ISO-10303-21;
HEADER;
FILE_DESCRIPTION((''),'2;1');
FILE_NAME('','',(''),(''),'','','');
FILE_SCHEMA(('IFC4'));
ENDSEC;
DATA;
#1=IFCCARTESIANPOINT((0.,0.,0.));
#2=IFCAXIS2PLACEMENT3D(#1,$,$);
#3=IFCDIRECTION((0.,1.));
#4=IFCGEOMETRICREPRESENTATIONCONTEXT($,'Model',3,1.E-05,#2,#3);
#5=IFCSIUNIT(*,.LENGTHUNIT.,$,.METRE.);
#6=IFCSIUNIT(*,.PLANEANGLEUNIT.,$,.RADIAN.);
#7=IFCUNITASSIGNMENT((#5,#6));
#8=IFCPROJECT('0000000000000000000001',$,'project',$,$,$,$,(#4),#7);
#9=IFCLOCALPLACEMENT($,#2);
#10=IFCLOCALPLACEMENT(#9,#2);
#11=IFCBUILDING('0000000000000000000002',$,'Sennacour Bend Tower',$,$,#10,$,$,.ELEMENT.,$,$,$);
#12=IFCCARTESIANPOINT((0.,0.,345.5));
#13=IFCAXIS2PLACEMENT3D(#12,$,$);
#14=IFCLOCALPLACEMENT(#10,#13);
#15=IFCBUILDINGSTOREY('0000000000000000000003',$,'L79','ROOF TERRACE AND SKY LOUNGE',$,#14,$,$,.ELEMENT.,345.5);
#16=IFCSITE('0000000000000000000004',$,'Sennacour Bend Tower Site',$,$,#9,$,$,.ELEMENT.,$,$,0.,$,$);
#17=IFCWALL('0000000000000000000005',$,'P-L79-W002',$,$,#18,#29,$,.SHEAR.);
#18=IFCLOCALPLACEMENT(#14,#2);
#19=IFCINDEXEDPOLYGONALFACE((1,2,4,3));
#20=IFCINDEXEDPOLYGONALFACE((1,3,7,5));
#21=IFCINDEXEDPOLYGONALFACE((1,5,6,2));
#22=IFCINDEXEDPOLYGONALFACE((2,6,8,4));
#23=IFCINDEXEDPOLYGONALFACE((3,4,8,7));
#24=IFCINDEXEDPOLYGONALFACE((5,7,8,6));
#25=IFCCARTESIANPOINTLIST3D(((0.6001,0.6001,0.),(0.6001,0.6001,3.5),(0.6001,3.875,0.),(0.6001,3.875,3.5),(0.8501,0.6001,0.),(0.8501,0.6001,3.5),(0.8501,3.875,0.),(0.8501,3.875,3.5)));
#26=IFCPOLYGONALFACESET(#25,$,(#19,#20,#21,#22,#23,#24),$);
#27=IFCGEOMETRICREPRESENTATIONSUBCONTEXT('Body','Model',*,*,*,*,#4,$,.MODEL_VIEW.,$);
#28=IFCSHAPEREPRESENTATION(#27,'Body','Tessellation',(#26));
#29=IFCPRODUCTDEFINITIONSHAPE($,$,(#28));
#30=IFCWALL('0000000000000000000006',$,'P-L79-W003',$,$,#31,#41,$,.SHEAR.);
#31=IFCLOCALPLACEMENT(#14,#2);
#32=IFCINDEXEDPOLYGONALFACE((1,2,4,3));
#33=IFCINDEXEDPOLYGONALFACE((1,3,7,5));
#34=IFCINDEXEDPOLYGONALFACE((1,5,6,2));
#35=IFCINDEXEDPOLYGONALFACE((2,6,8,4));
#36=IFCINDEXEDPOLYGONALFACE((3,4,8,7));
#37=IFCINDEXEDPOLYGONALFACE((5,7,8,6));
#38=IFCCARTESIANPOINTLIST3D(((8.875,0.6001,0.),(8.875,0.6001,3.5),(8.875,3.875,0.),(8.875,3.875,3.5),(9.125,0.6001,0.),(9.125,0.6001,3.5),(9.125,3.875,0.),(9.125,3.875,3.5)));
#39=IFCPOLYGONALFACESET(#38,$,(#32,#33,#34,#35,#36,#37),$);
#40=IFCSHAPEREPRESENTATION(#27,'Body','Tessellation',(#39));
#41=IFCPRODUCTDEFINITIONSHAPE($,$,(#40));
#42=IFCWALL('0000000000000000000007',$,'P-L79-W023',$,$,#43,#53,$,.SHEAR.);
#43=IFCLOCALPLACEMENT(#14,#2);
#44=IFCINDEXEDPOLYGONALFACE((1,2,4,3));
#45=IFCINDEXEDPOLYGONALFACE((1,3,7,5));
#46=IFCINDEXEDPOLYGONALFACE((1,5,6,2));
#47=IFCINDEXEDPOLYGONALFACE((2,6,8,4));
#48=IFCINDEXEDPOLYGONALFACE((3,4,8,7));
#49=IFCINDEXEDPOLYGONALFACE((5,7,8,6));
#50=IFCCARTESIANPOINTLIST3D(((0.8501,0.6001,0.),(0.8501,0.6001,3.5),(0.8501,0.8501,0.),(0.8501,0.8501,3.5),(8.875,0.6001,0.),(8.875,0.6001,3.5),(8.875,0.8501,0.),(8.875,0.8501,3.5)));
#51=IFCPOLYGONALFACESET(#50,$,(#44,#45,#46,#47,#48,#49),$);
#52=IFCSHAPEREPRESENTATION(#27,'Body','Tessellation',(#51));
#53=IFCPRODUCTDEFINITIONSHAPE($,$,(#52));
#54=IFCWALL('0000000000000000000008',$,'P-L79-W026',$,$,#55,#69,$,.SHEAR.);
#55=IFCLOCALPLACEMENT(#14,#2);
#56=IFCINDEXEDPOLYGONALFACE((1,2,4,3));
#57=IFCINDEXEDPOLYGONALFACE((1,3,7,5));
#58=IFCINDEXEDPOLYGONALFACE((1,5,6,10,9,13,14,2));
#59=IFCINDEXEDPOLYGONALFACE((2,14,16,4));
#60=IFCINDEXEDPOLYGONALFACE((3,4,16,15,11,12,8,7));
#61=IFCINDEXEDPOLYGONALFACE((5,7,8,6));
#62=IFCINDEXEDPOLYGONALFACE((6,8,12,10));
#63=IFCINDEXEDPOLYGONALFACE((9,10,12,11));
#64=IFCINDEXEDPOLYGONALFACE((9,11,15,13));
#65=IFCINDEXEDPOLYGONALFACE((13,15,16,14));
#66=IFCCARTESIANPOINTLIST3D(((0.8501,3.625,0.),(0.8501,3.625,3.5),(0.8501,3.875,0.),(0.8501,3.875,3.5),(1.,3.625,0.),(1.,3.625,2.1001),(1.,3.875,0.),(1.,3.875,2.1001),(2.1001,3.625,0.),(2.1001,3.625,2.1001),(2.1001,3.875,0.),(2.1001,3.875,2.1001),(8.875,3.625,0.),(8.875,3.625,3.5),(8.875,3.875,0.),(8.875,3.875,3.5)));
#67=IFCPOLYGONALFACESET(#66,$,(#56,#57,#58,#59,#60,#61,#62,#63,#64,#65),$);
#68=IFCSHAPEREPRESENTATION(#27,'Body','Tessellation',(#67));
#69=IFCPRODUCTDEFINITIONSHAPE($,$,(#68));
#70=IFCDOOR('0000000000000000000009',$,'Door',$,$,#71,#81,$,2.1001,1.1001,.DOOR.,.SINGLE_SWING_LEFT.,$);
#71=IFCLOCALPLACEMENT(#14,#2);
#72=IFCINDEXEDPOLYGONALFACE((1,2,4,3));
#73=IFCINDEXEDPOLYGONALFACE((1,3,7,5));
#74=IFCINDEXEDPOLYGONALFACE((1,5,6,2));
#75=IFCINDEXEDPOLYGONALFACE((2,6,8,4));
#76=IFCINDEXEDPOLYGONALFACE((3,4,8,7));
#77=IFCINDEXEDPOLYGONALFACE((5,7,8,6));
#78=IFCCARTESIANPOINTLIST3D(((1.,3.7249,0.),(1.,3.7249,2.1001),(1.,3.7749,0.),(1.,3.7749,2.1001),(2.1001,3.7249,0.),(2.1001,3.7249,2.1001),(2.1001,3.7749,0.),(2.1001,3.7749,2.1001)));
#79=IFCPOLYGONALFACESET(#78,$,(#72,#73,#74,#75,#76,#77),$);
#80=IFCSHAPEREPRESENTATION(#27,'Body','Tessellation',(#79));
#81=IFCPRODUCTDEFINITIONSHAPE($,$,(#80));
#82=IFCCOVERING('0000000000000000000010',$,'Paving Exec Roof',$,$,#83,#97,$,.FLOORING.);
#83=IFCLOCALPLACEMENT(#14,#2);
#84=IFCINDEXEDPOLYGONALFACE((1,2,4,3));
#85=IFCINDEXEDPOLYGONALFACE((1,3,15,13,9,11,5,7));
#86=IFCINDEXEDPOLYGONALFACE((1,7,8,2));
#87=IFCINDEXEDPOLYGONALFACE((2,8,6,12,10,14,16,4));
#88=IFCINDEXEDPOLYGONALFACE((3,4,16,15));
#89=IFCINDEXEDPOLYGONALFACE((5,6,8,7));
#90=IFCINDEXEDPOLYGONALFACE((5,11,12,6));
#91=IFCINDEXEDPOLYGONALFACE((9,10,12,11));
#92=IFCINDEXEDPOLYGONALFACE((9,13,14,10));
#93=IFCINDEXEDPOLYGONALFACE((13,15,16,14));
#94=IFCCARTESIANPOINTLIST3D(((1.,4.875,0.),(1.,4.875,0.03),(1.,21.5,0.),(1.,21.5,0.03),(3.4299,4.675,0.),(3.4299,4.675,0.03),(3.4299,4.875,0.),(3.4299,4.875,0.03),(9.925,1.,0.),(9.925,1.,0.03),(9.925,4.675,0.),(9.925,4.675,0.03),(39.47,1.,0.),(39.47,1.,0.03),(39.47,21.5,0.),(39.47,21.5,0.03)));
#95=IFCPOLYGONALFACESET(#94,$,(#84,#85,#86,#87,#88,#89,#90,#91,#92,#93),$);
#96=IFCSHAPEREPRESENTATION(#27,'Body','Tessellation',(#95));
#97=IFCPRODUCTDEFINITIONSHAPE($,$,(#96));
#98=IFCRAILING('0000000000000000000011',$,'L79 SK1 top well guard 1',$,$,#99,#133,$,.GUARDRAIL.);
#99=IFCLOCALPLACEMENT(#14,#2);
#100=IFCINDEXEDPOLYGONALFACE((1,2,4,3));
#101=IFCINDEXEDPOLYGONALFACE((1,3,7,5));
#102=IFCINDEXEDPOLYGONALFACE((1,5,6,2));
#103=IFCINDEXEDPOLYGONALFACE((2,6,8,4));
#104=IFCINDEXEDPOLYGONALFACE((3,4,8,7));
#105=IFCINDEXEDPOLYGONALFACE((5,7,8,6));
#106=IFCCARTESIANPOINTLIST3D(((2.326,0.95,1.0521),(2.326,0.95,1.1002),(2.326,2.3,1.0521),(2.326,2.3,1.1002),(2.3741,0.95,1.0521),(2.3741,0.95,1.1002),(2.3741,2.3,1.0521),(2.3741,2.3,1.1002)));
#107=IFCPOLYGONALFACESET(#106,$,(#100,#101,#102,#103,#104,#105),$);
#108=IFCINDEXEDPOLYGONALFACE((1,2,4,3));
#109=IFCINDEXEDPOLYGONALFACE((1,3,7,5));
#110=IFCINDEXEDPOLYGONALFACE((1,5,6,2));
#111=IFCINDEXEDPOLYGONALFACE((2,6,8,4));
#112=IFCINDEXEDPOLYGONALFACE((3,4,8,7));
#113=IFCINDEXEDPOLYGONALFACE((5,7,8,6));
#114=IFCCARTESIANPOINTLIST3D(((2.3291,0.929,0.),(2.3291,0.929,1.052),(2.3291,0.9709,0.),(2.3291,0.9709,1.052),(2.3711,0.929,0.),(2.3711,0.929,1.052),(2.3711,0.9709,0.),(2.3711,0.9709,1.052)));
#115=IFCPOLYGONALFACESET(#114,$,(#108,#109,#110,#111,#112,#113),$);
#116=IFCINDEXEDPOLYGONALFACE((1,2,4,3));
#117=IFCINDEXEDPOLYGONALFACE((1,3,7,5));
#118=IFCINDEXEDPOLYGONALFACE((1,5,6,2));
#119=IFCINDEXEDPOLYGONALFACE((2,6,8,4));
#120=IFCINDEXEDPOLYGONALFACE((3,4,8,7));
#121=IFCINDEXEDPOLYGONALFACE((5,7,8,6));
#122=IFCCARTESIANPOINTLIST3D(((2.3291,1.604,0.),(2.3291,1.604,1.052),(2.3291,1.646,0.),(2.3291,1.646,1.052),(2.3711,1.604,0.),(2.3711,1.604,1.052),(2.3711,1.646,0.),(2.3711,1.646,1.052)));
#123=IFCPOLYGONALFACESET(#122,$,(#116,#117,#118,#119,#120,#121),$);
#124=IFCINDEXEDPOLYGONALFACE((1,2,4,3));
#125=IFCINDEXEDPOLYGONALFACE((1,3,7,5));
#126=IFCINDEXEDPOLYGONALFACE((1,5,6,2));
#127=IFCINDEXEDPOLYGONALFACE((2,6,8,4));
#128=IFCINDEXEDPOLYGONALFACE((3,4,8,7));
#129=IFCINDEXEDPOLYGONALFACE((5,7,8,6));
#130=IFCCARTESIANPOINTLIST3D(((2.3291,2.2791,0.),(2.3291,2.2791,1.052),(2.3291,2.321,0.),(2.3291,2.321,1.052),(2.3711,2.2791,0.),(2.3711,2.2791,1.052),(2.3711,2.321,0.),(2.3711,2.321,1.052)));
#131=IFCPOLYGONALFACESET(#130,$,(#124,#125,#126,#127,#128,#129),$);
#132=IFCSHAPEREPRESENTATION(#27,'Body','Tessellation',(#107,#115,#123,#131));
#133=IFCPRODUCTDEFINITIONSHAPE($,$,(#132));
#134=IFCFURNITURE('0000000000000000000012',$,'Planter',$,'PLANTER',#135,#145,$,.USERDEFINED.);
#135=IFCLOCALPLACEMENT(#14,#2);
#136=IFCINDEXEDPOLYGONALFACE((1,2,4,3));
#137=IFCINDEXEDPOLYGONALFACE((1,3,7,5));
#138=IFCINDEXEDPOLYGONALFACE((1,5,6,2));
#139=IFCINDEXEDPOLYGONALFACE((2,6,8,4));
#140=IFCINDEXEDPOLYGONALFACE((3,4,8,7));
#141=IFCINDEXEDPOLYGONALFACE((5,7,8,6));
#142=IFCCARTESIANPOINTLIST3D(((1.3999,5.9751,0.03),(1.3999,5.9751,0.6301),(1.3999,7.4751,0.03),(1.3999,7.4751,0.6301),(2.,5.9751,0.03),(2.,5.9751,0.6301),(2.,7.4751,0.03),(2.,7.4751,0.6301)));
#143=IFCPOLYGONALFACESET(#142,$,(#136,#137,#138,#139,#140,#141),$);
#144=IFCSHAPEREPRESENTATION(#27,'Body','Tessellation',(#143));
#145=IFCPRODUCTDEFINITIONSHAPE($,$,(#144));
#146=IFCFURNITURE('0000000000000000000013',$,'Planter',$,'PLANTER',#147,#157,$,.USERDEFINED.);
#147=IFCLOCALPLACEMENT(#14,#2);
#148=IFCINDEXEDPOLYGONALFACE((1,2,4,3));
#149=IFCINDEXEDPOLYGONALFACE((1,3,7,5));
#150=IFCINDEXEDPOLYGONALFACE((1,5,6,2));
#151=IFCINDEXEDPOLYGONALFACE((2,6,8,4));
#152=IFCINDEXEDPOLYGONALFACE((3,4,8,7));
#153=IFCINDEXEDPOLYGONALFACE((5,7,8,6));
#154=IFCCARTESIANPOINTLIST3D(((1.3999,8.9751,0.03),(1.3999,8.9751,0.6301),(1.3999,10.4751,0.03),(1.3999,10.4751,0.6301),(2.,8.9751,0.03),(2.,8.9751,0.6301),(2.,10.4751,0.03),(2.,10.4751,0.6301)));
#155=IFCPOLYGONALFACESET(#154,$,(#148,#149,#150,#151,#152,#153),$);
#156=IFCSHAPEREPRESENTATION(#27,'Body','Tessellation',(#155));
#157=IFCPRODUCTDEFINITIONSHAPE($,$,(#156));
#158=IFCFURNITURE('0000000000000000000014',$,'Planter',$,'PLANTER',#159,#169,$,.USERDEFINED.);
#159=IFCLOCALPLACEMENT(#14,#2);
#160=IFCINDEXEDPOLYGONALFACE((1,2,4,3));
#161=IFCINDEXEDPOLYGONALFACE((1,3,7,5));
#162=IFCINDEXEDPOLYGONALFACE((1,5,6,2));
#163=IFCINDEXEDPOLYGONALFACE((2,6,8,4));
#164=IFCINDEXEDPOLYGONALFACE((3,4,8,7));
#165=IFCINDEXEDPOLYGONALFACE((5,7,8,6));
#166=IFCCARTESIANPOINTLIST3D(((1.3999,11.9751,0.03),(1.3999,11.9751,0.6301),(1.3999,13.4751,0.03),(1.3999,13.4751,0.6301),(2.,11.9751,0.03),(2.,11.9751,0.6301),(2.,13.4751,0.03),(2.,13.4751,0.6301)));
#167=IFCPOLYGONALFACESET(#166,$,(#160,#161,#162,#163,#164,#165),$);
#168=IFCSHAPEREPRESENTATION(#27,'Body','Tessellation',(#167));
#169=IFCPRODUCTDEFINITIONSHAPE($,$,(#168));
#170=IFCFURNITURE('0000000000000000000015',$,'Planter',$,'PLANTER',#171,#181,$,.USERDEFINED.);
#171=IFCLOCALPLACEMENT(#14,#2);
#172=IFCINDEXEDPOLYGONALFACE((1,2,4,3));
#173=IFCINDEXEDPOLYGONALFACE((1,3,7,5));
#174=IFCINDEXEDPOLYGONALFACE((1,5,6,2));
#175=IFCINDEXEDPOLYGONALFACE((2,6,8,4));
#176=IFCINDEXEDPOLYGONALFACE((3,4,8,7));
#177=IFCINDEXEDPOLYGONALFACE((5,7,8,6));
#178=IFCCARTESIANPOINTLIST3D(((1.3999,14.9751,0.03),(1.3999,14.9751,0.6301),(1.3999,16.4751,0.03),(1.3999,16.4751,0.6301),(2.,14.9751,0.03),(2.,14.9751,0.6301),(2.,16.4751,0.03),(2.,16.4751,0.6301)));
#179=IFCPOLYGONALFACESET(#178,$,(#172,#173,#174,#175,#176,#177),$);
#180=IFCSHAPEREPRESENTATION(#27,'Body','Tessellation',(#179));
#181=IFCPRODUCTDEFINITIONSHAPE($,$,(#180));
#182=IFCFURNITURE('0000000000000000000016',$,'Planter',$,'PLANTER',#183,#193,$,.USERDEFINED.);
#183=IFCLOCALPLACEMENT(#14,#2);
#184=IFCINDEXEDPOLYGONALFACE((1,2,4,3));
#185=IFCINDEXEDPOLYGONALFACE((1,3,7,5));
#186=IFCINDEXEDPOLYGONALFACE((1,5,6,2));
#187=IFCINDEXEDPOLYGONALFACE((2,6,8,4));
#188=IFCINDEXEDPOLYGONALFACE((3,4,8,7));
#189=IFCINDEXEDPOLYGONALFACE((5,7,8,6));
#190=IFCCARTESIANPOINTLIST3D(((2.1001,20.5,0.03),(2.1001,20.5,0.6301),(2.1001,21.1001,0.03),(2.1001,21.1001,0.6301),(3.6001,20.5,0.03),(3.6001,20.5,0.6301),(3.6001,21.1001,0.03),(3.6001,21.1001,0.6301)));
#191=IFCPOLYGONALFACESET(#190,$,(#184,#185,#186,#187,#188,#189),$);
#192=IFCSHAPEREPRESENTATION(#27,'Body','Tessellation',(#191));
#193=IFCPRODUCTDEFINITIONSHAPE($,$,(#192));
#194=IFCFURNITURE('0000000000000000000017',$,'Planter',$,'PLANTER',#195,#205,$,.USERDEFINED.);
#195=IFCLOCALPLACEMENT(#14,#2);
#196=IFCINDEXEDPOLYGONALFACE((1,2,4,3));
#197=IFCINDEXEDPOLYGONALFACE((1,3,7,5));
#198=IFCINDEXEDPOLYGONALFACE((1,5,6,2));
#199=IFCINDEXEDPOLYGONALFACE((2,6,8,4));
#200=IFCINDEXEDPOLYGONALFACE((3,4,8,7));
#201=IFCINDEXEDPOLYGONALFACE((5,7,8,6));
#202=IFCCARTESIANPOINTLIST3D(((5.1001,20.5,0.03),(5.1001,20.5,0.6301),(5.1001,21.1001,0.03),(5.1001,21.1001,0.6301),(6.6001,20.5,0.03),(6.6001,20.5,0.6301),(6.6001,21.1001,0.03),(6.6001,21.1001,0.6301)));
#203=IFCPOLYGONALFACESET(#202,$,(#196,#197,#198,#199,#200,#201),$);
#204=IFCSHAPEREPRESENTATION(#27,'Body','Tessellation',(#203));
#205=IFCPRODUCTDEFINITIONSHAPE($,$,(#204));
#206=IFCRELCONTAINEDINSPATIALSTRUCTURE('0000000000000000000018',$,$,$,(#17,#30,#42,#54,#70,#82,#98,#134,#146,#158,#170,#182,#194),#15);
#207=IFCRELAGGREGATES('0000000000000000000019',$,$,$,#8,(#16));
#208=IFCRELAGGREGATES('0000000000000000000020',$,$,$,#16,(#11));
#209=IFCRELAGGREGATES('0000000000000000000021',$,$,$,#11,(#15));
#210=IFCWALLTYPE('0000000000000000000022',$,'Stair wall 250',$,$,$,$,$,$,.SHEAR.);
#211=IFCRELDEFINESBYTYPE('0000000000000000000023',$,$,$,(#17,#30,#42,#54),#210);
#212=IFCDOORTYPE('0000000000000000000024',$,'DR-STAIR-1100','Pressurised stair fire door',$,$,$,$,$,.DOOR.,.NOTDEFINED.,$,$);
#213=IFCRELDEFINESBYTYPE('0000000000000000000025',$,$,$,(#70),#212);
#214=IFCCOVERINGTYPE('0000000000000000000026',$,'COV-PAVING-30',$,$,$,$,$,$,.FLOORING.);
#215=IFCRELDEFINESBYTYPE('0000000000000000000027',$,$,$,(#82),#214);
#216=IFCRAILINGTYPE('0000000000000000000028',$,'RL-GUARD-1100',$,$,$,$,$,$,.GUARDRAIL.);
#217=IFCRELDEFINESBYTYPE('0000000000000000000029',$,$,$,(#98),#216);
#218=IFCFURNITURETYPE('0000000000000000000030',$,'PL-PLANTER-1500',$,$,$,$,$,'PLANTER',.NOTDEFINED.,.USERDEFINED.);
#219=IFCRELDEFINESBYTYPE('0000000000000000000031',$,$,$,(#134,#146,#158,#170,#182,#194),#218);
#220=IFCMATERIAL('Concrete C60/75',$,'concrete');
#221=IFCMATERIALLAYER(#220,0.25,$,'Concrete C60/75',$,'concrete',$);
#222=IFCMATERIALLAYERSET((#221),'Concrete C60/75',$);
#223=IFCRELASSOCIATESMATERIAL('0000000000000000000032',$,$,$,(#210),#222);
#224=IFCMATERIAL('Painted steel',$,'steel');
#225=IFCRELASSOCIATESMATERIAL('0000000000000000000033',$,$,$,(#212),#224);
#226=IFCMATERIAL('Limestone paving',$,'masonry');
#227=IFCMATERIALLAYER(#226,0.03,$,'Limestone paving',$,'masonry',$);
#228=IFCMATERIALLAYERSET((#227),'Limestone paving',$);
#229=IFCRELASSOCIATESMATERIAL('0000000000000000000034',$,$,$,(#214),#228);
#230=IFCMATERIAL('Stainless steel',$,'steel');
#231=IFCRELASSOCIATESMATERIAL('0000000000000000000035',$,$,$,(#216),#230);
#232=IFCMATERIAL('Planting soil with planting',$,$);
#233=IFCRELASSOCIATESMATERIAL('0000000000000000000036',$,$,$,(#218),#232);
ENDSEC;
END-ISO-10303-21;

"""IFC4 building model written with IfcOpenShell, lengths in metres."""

from ifc_helpers import new_model, si_unit, direction, frame, frame_2d, origin, origin_2d, place, context, subcontext, project, spatial, polyline, rectangle, outline, extrude, material, layer, layer_set, type_object, element, fill, save


model = new_model("IFC4")

# Units and contexts
model_context = context("Model", 3, precision=1e-05, world=origin(), true_north=direction((0.0, 1.0)))
body_context = subcontext(model_context, "Body", "Model", "MODEL_VIEW")
ifc_project = project(units=[si_unit("LENGTHUNIT", "METRE"), si_unit("PLANEANGLEUNIT", "RADIAN")], contexts=[model_context])

# Site, building, storey
site_placement = place(None, origin())
site = spatial("IfcSite", under=ifc_project, at=site_placement, Name="Sennacour Bend Tower Site", CompositionType="ELEMENT", RefElevation=0.0)
building_placement = place(site_placement, origin())
building = spatial("IfcBuilding", under=site, at=building_placement, Name="Sennacour Bend Tower", CompositionType="ELEMENT")
storey_placement = place(building_placement, frame((0.0, 0.0, 345.5)))
storey = spatial("IfcBuildingStorey", under=building, at=storey_placement, Name="L79", Description="ROOF TERRACE AND SKY LOUNGE", CompositionType="ELEMENT", Elevation=345.5)

# Walls
ifc_material_1 = material(Name="Concrete C60/75", Category="concrete")
ifc_layer_1 = layer(ifc_material_1, 0.25, Name="Concrete C60/75", Category="concrete")
ifc_layer_set_1 = layer_set([ifc_layer_1], Name="Concrete C60/75")
wall_type = type_object("IfcWallType", Name="Stair wall 250", PredefinedType="SHEAR", material=ifc_layer_set_1)
for number, where, z_axis, x_axis, name in (
    (1, (0.7251, 0.6001, 0.0), (0.0, 0.0, 1.0), (0.0, 1.0, 0.0), "P-L79-W002"),
    (2, (9.0, 0.6001, 0.0), (0.0, 0.0, 1.0), (0.0, 1.0, 0.0), "P-L79-W003"),
):
    element("IfcWall", number, at=place(storey_placement, frame(where, z_axis=z_axis, x_axis=x_axis)), inside=storey, type_object=wall_type, Name=name, PredefinedType="SHEAR", context=body_context, shape_type="SweptSolid", body=[
        extrude(rectangle(XDim=3.2749, YDim=0.25, at=frame_2d((1.6375, 0.0))), origin(), (0.0, 0.0, 1.0), 3.5),
    ])
wall_1_placement = place(storey_placement, frame((0.8501, 0.7251, 0.0), z_axis=(0.0, 0.0, 1.0), x_axis=(1.0, 0.0, 0.0)))
element("IfcWall", 3, at=wall_1_placement, inside=storey, type_object=wall_type, Name="P-L79-W023", PredefinedType="SHEAR", context=body_context, shape_type="SweptSolid", body=[
    extrude(rectangle(XDim=8.0249, YDim=0.25, at=frame_2d((4.0125, 0.0))), origin(), (0.0, 0.0, 1.0), 3.5),
])

# Wall, opening, door
wall_2_placement = place(storey_placement, frame((0.8501, 3.75, 0.0), z_axis=(0.0, 0.0, 1.0), x_axis=(1.0, 0.0, 0.0)))
wall_2 = element("IfcWall", 4, at=wall_2_placement, inside=storey, type_object=wall_type, Name="P-L79-W026", PredefinedType="SHEAR", context=body_context, shape_type="SweptSolid", body=[
    extrude(rectangle(XDim=8.0249, YDim=0.25, at=frame_2d((4.0125, 0.0))), origin(), (0.0, 0.0, 1.0), 3.5),
])
opening_placement = place(wall_2_placement, frame((0.1499, 0.0, 0.0)))
opening = element("IfcOpeningElement", 5, at=opening_placement, cuts=wall_2, PredefinedType="OPENING", context=body_context, shape_type="SweptSolid", body=[
    extrude(rectangle(XDim=1.1001, YDim=2.1001, at=frame_2d((0.55, 1.05))), frame((0.0, 0.135, 0.0), z_axis=(0.0, -1.0, 0.0), x_axis=(1.0, 0.0, 0.0)), (0.0, 0.0, 1.0), 0.27),
])
ifc_material_2 = material(Name="Painted steel", Category="steel")
door_type = type_object("IfcDoorType", Name="DR-STAIR-1100", Description="Pressurised stair fire door", OperationType="NOTDEFINED", PredefinedType="DOOR", material=ifc_material_2)
door_placement = place(opening_placement, origin())
door = element("IfcDoor", 6, at=door_placement, inside=storey, type_object=door_type, Name="Door", OperationType="SINGLE_SWING_LEFT", OverallHeight=2.1001, OverallWidth=1.1001, PredefinedType="DOOR", context=body_context, shape_type="SweptSolid", body=[
    extrude(rectangle(XDim=1.1001, YDim=2.1001, at=frame_2d((0.55, 1.05))), frame((0.0, 0.0249, 0.0), z_axis=(0.0, -1.0, 0.0), x_axis=(1.0, 0.0, 0.0)), (0.0, 0.0, 1.0), 0.05),
])
fill(opening, door)

# Covering
ifc_material_3 = material(Name="Limestone paving", Category="masonry")
ifc_layer_2 = layer(ifc_material_3, 0.03, Name="Limestone paving", Category="masonry")
ifc_layer_set_2 = layer_set([ifc_layer_2], Name="Limestone paving")
covering_type = type_object("IfcCoveringType", Name="COV-PAVING-30", PredefinedType="FLOORING", material=ifc_layer_set_2)
covering_placement = place(storey_placement, origin())
element("IfcCovering", 7, at=covering_placement, inside=storey, type_object=covering_type, Name="Paving Exec Roof", PredefinedType="FLOORING", context=body_context, shape_type="SweptSolid", body=[
    extrude(outline(polyline([(1.0, 4.875), (1.0, 21.5), (39.47, 21.5), (39.47, 1.0), (9.925, 1.0), (9.925, 4.675), (3.4299, 4.675), (3.4299, 4.875), (1.0, 4.875)])), origin(), (0.0, 0.0, 1.0), 0.03),
])

# Railing
ifc_material_4 = material(Name="Stainless steel", Category="steel")
railing_type = type_object("IfcRailingType", Name="RL-GUARD-1100", PredefinedType="GUARDRAIL", material=ifc_material_4)
railing_placement = place(storey_placement, frame((2.3501, 0.95, 0.0)))
element("IfcRailing", 8, at=railing_placement, inside=storey, type_object=railing_type, Name="L79 SK1 top well guard 1", PredefinedType="GUARDRAIL", context=body_context, shape_type="SweptSolid", body=[
    extrude(rectangle(XDim=0.0481, YDim=0.0481, at=origin_2d()), frame((0.0, 0.0, 1.0762), z_axis=(0.0, 1.0, 0.0), x_axis=(-1.0, 0.0, 0.0)), (0.0, 0.0, 1.0), 1.3501),
    extrude(rectangle(XDim=0.042, YDim=0.042, at=origin_2d()), origin(), (0.0, 0.0, 1.0), 1.052),
    extrude(rectangle(XDim=0.042, YDim=0.042, at=origin_2d()), frame((0.0, 0.675, 0.0)), (0.0, 0.0, 1.0), 1.052),
    extrude(rectangle(XDim=0.042, YDim=0.042, at=origin_2d()), frame((0.0, 1.3501, 0.0)), (0.0, 0.0, 1.0), 1.052),
])

# Furniture
ifc_material_5 = material(Name="Planting soil with planting")
furniture_type = type_object("IfcFurnitureType", Name="PL-PLANTER-1500", ElementType="PLANTER", AssemblyPlace="NOTDEFINED", PredefinedType="USERDEFINED", material=ifc_material_5)
for number, where, z_axis, x_axis, name in (
    (9, (1.7, 6.7251, 0.03), (0.0, 0.0, 1.0), (0.0, 1.0, 0.0), "Planter"),
    (10, (1.7, 9.7251, 0.03), (0.0, 0.0, 1.0), (0.0, 1.0, 0.0), "Planter"),
    (11, (1.7, 12.7251, 0.03), (0.0, 0.0, 1.0), (0.0, 1.0, 0.0), "Planter"),
    (12, (1.7, 15.7251, 0.03), (0.0, 0.0, 1.0), (0.0, 1.0, 0.0), "Planter"),
    (13, (2.8501, 20.8, 0.03), (0.0, 0.0, 1.0), (1.0, 0.0, 0.0), "Planter"),
    (14, (5.8501, 20.8, 0.03), (0.0, 0.0, 1.0), (1.0, 0.0, 0.0), "Planter"),
):
    element("IfcFurniture", number, at=place(storey_placement, frame(where, z_axis=z_axis, x_axis=x_axis)), inside=storey, type_object=furniture_type, Name=name, ObjectType="PLANTER", PredefinedType="USERDEFINED", context=body_context, shape_type="SweptSolid", body=[
        extrude(rectangle(XDim=1.5, YDim=0.6001, at=origin_2d()), origin(), (0.0, 0.0, 1.0), 0.6001),
    ])

save(model, "model.ifc")
